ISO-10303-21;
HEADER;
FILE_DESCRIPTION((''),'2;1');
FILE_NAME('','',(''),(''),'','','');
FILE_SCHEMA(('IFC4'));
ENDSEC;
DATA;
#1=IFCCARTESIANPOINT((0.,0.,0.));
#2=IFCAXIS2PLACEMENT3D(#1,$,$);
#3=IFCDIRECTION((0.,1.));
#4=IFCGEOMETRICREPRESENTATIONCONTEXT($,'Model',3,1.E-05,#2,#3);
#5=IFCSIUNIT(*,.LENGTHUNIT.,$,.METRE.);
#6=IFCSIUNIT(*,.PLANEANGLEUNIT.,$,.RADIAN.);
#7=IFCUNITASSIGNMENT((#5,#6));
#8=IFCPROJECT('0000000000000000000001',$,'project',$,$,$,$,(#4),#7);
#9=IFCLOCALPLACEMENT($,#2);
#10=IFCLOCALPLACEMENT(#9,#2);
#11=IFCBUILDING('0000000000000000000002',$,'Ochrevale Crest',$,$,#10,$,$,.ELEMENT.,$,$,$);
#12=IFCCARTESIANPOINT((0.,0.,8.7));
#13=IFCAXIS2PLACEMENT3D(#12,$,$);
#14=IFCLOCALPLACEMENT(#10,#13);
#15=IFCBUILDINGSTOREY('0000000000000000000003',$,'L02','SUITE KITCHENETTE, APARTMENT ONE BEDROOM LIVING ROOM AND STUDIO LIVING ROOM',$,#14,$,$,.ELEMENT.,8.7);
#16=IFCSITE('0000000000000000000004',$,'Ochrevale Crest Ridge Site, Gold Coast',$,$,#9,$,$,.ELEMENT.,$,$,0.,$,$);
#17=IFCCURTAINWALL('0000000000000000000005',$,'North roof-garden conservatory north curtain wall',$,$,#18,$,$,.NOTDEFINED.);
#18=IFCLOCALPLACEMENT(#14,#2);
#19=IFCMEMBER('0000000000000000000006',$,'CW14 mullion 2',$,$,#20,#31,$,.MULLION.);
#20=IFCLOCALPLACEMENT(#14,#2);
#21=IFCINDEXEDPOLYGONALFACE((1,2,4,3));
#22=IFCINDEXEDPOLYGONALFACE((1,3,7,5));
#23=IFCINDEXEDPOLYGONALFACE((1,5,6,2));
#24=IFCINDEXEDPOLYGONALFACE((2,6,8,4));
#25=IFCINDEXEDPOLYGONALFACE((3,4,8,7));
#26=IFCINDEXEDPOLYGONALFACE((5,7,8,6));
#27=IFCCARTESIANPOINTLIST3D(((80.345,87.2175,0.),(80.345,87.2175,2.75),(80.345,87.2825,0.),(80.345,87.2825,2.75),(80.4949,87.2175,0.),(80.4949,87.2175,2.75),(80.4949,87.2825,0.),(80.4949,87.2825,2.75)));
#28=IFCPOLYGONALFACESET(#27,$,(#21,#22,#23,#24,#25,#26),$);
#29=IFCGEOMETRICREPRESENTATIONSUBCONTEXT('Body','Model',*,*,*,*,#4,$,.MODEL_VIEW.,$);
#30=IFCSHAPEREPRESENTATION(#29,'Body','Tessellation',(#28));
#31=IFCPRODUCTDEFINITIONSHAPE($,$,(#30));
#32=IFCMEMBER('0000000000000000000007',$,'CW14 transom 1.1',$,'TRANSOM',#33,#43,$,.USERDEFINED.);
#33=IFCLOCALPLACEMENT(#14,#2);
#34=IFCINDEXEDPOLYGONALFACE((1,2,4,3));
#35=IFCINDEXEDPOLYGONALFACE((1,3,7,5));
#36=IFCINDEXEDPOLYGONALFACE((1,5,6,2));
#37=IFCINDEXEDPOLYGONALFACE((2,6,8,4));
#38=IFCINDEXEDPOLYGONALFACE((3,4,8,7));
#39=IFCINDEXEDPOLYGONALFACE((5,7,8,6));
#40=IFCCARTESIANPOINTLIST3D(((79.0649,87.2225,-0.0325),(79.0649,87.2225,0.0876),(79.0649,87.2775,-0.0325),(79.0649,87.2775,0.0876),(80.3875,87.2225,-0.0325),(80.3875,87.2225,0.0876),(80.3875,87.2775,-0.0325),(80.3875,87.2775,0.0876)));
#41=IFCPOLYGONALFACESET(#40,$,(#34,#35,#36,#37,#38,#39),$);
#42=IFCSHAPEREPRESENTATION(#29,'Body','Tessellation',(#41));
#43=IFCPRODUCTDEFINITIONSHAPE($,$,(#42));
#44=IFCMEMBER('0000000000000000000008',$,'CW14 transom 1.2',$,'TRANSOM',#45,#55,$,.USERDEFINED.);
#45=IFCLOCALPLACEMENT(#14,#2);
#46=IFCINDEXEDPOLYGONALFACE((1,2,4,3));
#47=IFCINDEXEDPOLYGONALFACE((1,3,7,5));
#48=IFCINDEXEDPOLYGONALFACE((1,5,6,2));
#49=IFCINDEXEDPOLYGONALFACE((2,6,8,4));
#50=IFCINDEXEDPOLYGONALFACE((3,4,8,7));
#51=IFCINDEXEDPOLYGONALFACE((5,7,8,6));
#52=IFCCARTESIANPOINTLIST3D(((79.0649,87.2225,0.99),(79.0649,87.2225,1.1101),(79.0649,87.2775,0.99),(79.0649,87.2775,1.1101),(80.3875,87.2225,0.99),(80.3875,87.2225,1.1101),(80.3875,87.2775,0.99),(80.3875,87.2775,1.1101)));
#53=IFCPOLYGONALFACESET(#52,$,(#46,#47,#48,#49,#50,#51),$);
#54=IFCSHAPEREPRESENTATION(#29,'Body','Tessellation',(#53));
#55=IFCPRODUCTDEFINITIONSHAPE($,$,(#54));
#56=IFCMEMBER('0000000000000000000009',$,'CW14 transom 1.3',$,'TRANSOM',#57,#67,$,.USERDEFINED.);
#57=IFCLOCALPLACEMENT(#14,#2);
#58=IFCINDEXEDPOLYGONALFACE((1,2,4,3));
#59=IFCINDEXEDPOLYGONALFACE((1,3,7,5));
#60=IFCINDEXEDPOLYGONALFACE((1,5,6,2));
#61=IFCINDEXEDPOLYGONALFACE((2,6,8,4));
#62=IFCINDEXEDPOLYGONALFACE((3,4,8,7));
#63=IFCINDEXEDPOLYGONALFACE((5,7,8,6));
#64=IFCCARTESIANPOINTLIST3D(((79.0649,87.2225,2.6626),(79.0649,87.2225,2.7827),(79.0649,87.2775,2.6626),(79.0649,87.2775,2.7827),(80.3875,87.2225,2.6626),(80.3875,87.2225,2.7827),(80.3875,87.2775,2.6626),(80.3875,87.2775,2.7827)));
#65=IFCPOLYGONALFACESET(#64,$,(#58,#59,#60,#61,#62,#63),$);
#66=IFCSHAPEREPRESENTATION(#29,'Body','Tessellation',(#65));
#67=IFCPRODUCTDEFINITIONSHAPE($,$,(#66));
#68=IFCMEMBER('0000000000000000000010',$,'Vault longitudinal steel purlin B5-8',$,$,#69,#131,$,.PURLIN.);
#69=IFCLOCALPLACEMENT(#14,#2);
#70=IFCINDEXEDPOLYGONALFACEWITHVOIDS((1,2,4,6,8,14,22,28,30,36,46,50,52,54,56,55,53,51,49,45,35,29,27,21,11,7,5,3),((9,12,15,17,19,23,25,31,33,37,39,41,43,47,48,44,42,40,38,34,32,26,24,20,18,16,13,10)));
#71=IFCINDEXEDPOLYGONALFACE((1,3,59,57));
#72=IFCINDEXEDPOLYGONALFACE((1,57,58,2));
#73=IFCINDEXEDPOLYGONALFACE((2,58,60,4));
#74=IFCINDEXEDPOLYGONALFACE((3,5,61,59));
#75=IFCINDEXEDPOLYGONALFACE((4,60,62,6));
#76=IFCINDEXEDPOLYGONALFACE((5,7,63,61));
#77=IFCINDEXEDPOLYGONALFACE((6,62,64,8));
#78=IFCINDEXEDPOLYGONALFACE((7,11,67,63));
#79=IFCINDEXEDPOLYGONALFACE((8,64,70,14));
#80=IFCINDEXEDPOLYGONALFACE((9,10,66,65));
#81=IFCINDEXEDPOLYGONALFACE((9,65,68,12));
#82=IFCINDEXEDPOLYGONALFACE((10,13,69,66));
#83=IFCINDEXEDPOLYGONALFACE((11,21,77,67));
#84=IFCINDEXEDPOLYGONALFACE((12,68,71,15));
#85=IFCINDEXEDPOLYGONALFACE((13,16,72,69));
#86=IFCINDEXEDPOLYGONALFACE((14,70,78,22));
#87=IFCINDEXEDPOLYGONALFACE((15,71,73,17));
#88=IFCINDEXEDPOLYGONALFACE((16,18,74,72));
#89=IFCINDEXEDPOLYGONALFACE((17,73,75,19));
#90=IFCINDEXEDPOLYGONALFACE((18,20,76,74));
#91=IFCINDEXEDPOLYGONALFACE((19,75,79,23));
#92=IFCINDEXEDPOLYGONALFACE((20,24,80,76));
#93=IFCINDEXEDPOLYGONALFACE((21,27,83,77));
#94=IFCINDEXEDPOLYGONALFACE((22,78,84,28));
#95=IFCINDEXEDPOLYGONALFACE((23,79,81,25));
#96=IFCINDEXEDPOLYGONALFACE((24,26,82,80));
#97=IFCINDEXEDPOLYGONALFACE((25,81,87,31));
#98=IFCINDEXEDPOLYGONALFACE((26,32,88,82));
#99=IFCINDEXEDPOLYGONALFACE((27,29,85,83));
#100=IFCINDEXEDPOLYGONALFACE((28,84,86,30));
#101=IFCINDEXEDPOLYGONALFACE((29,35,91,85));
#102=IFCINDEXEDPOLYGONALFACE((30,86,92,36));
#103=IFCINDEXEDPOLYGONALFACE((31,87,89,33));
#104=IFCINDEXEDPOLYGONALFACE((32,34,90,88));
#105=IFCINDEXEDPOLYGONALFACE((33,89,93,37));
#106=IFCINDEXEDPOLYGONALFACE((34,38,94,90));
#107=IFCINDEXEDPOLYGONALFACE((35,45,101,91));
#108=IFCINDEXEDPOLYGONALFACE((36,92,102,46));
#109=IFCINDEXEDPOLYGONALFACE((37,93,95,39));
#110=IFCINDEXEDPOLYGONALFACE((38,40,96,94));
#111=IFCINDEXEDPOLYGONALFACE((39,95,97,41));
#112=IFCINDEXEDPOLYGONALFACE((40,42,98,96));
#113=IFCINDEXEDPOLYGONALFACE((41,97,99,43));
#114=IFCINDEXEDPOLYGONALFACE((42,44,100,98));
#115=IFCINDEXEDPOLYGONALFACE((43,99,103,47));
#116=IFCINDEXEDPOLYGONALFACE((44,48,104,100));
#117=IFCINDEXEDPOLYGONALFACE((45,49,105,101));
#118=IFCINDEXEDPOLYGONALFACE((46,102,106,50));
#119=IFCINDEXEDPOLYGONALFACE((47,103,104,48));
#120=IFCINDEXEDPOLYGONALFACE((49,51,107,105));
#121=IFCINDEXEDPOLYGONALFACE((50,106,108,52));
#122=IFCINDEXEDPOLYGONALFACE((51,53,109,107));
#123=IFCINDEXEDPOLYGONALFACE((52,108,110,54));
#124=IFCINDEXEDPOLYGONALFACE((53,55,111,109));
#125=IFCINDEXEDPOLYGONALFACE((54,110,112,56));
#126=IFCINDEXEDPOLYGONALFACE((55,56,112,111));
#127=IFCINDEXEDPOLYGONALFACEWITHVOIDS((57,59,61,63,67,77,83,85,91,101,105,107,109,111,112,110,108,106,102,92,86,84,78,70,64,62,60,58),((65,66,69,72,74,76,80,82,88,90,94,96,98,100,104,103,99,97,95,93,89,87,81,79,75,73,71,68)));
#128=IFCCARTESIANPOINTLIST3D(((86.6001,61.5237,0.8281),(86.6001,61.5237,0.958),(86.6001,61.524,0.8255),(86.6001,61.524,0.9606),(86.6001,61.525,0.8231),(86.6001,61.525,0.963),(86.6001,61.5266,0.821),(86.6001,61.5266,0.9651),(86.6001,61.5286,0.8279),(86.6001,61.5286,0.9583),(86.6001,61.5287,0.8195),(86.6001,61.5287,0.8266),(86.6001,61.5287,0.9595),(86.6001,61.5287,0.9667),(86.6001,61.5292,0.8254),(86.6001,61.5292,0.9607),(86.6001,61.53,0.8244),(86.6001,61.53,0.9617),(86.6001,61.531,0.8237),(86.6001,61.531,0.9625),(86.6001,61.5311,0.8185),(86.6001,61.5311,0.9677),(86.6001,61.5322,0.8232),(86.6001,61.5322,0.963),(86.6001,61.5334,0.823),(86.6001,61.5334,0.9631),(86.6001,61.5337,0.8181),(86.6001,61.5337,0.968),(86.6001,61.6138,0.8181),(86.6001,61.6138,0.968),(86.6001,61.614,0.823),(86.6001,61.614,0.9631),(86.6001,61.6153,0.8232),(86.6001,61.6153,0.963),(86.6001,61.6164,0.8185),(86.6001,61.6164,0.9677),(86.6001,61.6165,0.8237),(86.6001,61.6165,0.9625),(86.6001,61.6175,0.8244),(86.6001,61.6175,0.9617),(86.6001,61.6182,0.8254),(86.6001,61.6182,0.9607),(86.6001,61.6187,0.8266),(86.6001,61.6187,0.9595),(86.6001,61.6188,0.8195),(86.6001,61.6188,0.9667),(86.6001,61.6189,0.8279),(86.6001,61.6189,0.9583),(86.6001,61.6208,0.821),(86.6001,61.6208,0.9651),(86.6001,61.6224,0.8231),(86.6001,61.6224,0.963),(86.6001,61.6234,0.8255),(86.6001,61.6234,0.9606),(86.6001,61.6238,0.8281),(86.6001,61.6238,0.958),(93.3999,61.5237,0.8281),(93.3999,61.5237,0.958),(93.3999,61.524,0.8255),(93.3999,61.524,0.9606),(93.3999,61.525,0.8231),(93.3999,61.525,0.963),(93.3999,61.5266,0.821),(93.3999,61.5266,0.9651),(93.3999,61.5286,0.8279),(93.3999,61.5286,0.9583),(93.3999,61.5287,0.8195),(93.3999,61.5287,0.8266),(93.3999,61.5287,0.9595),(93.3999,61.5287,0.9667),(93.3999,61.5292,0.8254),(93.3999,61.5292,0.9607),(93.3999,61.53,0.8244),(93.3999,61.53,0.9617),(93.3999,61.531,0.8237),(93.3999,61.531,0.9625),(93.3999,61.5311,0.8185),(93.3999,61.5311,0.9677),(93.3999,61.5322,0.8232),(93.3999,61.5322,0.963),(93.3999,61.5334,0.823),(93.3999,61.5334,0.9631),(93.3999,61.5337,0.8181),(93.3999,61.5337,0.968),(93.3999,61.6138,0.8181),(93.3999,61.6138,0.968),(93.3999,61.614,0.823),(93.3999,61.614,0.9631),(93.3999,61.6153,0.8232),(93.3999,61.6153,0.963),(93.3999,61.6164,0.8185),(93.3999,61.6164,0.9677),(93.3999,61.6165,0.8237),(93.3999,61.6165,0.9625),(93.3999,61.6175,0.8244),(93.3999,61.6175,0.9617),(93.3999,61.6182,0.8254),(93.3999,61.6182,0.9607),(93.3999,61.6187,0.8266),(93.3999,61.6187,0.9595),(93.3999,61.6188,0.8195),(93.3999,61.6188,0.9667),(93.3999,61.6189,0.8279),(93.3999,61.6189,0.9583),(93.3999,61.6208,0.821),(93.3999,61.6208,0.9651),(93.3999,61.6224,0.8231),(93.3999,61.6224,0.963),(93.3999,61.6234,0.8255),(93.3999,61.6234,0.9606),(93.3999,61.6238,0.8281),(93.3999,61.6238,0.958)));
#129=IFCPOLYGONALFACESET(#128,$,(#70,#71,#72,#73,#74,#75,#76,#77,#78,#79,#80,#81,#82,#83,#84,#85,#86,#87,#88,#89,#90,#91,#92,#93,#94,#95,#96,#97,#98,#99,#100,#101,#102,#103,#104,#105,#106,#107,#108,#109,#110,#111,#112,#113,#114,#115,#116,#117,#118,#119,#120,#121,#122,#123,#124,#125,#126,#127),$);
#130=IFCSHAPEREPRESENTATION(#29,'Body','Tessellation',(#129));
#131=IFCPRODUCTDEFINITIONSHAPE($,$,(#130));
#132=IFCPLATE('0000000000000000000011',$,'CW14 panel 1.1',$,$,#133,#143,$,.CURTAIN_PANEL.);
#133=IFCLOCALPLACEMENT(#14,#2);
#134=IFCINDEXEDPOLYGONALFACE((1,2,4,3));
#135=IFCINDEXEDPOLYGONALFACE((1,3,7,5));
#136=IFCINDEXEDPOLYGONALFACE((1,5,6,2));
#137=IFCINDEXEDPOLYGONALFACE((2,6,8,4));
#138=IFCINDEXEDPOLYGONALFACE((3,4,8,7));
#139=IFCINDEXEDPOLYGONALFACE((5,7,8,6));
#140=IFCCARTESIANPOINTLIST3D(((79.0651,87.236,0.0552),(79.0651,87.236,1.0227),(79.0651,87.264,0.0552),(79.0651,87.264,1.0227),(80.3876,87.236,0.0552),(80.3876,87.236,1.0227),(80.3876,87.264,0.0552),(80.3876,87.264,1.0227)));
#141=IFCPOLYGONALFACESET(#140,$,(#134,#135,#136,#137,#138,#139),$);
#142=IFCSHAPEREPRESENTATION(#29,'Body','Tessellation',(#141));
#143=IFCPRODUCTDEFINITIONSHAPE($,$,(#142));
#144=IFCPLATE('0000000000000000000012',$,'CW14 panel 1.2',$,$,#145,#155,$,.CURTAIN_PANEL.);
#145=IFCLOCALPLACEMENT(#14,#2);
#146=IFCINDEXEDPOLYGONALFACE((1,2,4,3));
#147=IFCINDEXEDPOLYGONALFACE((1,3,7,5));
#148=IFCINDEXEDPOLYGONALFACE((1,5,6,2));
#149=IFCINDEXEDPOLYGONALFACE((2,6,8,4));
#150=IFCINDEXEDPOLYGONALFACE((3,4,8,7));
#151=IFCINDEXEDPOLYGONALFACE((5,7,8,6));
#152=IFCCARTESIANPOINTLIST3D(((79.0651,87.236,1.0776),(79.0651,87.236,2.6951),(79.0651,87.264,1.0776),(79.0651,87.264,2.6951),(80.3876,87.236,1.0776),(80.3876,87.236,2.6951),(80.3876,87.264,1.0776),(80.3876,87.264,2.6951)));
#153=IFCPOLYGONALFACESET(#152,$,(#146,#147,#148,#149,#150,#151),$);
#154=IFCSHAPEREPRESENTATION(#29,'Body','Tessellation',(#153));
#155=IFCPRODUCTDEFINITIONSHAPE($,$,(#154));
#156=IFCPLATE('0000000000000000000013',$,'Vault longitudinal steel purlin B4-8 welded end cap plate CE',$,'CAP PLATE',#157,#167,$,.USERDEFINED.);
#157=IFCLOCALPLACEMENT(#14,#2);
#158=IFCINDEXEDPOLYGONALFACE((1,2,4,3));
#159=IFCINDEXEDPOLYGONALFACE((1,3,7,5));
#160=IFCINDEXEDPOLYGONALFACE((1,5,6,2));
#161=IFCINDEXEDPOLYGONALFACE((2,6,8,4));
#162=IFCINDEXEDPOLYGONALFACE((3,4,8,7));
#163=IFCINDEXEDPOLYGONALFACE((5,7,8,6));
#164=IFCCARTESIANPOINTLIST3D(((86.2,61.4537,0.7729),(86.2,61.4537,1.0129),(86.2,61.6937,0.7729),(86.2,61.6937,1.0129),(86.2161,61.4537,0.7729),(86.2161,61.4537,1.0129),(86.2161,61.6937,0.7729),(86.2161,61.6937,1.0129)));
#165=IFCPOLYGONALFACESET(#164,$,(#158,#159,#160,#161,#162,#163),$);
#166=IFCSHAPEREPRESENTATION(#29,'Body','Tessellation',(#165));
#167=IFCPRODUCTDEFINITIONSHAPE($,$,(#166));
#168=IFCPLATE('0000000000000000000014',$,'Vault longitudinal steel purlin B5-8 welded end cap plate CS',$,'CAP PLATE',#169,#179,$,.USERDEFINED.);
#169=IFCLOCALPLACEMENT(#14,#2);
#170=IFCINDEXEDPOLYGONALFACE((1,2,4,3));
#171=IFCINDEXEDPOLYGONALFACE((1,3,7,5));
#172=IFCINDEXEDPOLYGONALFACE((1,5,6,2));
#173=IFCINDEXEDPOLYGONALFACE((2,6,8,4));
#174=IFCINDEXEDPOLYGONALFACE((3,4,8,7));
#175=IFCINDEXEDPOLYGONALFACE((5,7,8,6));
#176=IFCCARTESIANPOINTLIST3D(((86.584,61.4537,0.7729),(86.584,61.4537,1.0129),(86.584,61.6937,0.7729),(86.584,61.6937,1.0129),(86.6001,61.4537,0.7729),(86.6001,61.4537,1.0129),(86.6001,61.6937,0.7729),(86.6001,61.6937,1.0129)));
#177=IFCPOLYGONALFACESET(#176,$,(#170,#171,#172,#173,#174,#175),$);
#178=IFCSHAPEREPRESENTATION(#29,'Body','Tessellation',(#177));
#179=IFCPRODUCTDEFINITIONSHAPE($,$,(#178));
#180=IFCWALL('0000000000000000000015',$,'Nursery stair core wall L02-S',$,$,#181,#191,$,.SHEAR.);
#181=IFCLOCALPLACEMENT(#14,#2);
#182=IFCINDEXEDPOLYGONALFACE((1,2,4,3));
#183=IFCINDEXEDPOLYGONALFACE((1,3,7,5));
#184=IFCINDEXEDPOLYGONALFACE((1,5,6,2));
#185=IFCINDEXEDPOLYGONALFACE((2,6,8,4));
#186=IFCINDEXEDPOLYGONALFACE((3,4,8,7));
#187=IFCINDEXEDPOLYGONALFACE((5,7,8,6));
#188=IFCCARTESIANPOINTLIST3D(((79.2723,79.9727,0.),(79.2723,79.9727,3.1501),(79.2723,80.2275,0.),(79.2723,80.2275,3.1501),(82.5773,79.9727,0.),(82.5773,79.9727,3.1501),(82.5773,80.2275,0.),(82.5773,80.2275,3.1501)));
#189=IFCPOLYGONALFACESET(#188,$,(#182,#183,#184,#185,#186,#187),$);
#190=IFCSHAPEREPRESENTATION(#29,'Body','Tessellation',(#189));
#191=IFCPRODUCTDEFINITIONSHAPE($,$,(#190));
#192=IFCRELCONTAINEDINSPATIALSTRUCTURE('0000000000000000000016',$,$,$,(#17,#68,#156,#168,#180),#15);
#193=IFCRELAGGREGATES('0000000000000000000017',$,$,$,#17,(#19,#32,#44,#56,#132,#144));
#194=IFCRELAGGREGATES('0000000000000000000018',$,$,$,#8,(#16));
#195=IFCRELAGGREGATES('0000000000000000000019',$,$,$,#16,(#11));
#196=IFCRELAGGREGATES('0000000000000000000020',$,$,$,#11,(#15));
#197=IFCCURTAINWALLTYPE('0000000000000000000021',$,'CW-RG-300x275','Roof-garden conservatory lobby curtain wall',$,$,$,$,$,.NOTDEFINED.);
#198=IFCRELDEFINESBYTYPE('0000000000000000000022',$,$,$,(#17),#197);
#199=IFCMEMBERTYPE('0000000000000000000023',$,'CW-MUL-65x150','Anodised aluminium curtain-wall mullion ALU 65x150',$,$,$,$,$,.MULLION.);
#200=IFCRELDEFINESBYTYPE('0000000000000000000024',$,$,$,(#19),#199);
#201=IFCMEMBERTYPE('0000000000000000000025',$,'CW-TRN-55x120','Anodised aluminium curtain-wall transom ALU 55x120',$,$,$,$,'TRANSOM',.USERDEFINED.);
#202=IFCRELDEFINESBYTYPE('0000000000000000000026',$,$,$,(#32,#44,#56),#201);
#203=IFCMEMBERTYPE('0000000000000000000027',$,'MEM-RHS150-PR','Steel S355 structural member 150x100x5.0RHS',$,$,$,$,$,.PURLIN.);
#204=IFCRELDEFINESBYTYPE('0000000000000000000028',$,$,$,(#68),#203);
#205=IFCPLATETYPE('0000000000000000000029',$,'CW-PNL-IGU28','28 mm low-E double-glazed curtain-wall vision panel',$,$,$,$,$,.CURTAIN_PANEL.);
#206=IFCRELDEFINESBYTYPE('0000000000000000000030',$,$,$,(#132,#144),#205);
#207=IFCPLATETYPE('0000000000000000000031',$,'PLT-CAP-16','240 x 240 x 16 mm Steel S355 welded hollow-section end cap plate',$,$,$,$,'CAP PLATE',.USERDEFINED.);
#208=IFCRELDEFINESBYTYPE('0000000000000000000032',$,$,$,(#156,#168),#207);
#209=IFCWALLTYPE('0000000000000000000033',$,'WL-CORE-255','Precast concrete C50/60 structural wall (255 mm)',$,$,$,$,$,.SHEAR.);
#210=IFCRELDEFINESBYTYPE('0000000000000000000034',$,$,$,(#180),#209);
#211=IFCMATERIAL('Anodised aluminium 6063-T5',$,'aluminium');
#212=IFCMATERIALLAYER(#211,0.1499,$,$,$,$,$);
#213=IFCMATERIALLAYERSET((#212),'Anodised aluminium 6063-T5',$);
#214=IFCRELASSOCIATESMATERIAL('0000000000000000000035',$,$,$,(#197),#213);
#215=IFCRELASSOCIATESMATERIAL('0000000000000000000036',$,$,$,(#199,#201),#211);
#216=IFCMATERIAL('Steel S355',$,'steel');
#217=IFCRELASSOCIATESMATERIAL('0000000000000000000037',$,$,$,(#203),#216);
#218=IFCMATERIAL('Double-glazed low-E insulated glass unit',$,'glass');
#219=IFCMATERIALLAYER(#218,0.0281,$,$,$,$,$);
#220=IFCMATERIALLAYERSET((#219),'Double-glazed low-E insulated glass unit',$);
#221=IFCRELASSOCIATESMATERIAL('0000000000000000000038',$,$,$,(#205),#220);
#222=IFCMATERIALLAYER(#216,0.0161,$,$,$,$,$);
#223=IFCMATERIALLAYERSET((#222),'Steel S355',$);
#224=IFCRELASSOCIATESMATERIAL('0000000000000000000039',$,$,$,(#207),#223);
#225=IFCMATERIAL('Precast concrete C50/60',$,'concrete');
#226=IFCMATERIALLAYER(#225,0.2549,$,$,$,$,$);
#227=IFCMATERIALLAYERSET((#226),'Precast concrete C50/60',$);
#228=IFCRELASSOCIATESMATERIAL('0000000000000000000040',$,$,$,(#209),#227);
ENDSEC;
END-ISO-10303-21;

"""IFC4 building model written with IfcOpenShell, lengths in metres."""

from ifc_helpers import new_model, si_unit, direction, frame, frame_2d, origin, origin_2d, place, context, subcontext, project, spatial, rectangle, hollow_rectangle, extrude, material, layer, layer_set, material_profile, profile_set, type_object, element, aggregate, save


model = new_model("IFC4")

# Units and contexts
model_context = context("Model", 3, precision=1e-05, world=origin(), true_north=direction((0.0, 1.0)))
body_context = subcontext(model_context, "Body", "Model", "MODEL_VIEW")
ifc_project = project(units=[si_unit("LENGTHUNIT", "METRE"), si_unit("PLANEANGLEUNIT", "RADIAN")], contexts=[model_context])

# Site, building, storey
site_placement = place(None, origin())
site = spatial("IfcSite", under=ifc_project, at=site_placement, Name="Ochrevale Crest Ridge Site, Gold Coast", CompositionType="ELEMENT", RefElevation=0.0)
building_placement = place(site_placement, origin())
building = spatial("IfcBuilding", under=site, at=building_placement, Name="Ochrevale Crest", CompositionType="ELEMENT")
storey_placement = place(building_placement, frame((0.0, 0.0, 8.7)))
storey = spatial("IfcBuildingStorey", under=building, at=storey_placement, Name="L02", Description="SUITE KITCHENETTE, APARTMENT ONE BEDROOM LIVING ROOM AND STUDIO LIVING ROOM", CompositionType="ELEMENT", Elevation=8.7)

# Shared definitions
ifc_material_1 = material(Name="Steel S355", Category="steel")

# Curtain wall, members
ifc_material_2 = material(Name="Anodised aluminium 6063-T5", Category="aluminium")
ifc_layer_1 = layer(ifc_material_2, 0.1499)
ifc_layer_set_1 = layer_set([ifc_layer_1], Name="Anodised aluminium 6063-T5")
curtain_wall_type = type_object("IfcCurtainWallType", Name="CW-RG-300x275", Description="Roof-garden conservatory lobby curtain wall", PredefinedType="NOTDEFINED", material=ifc_layer_set_1)
curtain_wall_placement = place(storey_placement, origin())
curtain_wall = element("IfcCurtainWall", 1, at=curtain_wall_placement, inside=storey, type_object=curtain_wall_type, Name="North roof-garden conservatory north curtain wall", PredefinedType="NOTDEFINED")
ifc_material_profile_1 = material_profile(ifc_material_2, rectangle(XDim=0.0649, YDim=0.1499, at=origin_2d()), Name="ALU 65x150")
ifc_profile_set_1 = profile_set([ifc_material_profile_1], Name="Anodised aluminium 6063-T5")
member_type_1 = type_object("IfcMemberType", Name="CW-MUL-65x150", Description="Anodised aluminium curtain-wall mullion ALU 65x150", PredefinedType="MULLION", material=ifc_profile_set_1)
member_1_placement = place(storey_placement, frame((80.4199, 87.25, 0.0), z_axis=(0.0, 0.0, 1.0), x_axis=(0.0, 1.0, 0.0)))
member_1 = element("IfcMember", 2, at=member_1_placement, type_object=member_type_1, Name="CW14 mullion 2", PredefinedType="MULLION", context=body_context, shape_type="SweptSolid", body=[
    extrude(rectangle(XDim=0.0649, YDim=0.1499, at=origin_2d()), origin(), (0.0, 0.0, 1.0), 2.75),
])
ifc_material_profile_2 = material_profile(ifc_material_2, rectangle(XDim=0.0549, YDim=0.1201, at=origin_2d()), Name="ALU 55x120")
ifc_profile_set_2 = profile_set([ifc_material_profile_2], Name="Anodised aluminium 6063-T5")
member_type_2 = type_object("IfcMemberType", Name="CW-TRN-55x120", Description="Anodised aluminium curtain-wall transom ALU 55x120", ElementType="TRANSOM", PredefinedType="USERDEFINED", material=ifc_profile_set_2)
member_2_placement = place(storey_placement, frame((79.0649, 87.25, 0.0276), z_axis=(1.0, 0.0, 0.0), x_axis=(0.0, 1.0, 0.0)))
member_2 = element("IfcMember", 3, at=member_2_placement, type_object=member_type_2, Name="CW14 transom 1.1", ObjectType="TRANSOM", PredefinedType="USERDEFINED", context=body_context, shape_type="SweptSolid", body=[
    extrude(rectangle(XDim=0.0549, YDim=0.1201, at=origin_2d()), origin(), (0.0, 0.0, 1.0), 1.3225),
])
member_3_placement = place(storey_placement, frame((79.0649, 87.25, 1.05), z_axis=(1.0, 0.0, 0.0), x_axis=(0.0, 1.0, 0.0)))
member_3 = element("IfcMember", 4, at=member_3_placement, type_object=member_type_2, Name="CW14 transom 1.2", ObjectType="TRANSOM", PredefinedType="USERDEFINED", context=body_context, shape_type="SweptSolid", body=[
    extrude(rectangle(XDim=0.0549, YDim=0.1201, at=origin_2d()), origin(), (0.0, 0.0, 1.0), 1.3225),
])
member_4_placement = place(storey_placement, frame((79.0649, 87.25, 2.7227), z_axis=(1.0, 0.0, 0.0), x_axis=(0.0, 1.0, 0.0)))
member_4 = element("IfcMember", 5, at=member_4_placement, type_object=member_type_2, Name="CW14 transom 1.3", ObjectType="TRANSOM", PredefinedType="USERDEFINED", context=body_context, shape_type="SweptSolid", body=[
    extrude(rectangle(XDim=0.0549, YDim=0.1201, at=origin_2d()), origin(), (0.0, 0.0, 1.0), 1.3225),
])

# Member
ifc_material_profile_3 = material_profile(ifc_material_1, hollow_rectangle(XDim=0.1001, YDim=0.1499, WallThickness=0.0049, InnerFilletRadius=0.0049, OuterFilletRadius=0.01, at=origin_2d()), Name="150x100x5.0RHS")
ifc_profile_set_3 = profile_set([ifc_material_profile_3], Name="Steel S355")
member_type_3 = type_object("IfcMemberType", Name="MEM-RHS150-PR", Description="Steel S355 structural member 150x100x5.0RHS", PredefinedType="PURLIN", material=ifc_profile_set_3)
member_5_placement = place(storey_placement, frame((86.6001, 61.5737, 0.8931), z_axis=(1.0, 0.0, 0.0), x_axis=(0.0, 1.0, 0.0)))
element("IfcMember", 6, at=member_5_placement, inside=storey, type_object=member_type_3, Name="Vault longitudinal steel purlin B5-8", PredefinedType="PURLIN", context=body_context, shape_type="SweptSolid", body=[
    extrude(hollow_rectangle(XDim=0.1001, YDim=0.1499, WallThickness=0.0049, InnerFilletRadius=0.0049, OuterFilletRadius=0.01, at=origin_2d()), origin(), (0.0, 0.0, 1.0), 6.7998),
])

# Plates
ifc_material_3 = material(Name="Double-glazed low-E insulated glass unit", Category="glass")
ifc_layer_2 = layer(ifc_material_3, 0.0281)
ifc_layer_set_2 = layer_set([ifc_layer_2], Name="Double-glazed low-E insulated glass unit")
plate_type_1 = type_object("IfcPlateType", Name="CW-PNL-IGU28", Description="28 mm low-E double-glazed curtain-wall vision panel", PredefinedType="CURTAIN_PANEL", material=ifc_layer_set_2)
plate_1_placement = place(storey_placement, frame((79.7263, 87.25, 0.0552), z_axis=(0.0, 0.0, 1.0), x_axis=(1.0, 0.0, 0.0)))
plate_1 = element("IfcPlate", 7, at=plate_1_placement, type_object=plate_type_1, Name="CW14 panel 1.1", PredefinedType="CURTAIN_PANEL", context=body_context, shape_type="SweptSolid", body=[
    extrude(rectangle(XDim=1.3225, YDim=0.0281, at=origin_2d()), origin(), (0.0, 0.0, 1.0), 0.9675),
])
plate_2_placement = place(storey_placement, frame((79.7263, 87.25, 1.0776), z_axis=(0.0, 0.0, 1.0), x_axis=(1.0, 0.0, 0.0)))
plate_2 = element("IfcPlate", 8, at=plate_2_placement, type_object=plate_type_1, Name="CW14 panel 1.2", PredefinedType="CURTAIN_PANEL", context=body_context, shape_type="SweptSolid", body=[
    extrude(rectangle(XDim=1.3225, YDim=0.0281, at=origin_2d()), origin(), (0.0, 0.0, 1.0), 1.6174),
])
aggregate(curtain_wall, [member_1, member_2, member_3, member_4, plate_1, plate_2])

# Plates
ifc_layer_3 = layer(ifc_material_1, 0.0161)
ifc_layer_set_3 = layer_set([ifc_layer_3], Name="Steel S355")
plate_type_2 = type_object("IfcPlateType", Name="PLT-CAP-16", Description="240 x 240 x 16 mm Steel S355 welded hollow-section end cap plate", ElementType="CAP PLATE", PredefinedType="USERDEFINED", material=ifc_layer_set_3)
for number, where, z_axis, x_axis, name in (
    (9, (86.208, 61.5737, 0.7729), (0.0, 0.0, 1.0), (1.0, 0.0, 0.0), "Vault longitudinal steel purlin B4-8 welded end cap plate CE"),
    (10, (86.592, 61.5737, 0.7729), (0.0, 0.0, 1.0), (1.0, 0.0, 0.0), "Vault longitudinal steel purlin B5-8 welded end cap plate CS"),
):
    element("IfcPlate", number, at=place(storey_placement, frame(where, z_axis=z_axis, x_axis=x_axis)), inside=storey, type_object=plate_type_2, Name=name, ObjectType="CAP PLATE", PredefinedType="USERDEFINED", context=body_context, shape_type="SweptSolid", body=[
        extrude(rectangle(XDim=0.0161, YDim=0.24, at=origin_2d()), origin(), (0.0, 0.0, 1.0), 0.24),
    ])

# Wall
ifc_material_4 = material(Name="Precast concrete C50/60", Category="concrete")
ifc_layer_4 = layer(ifc_material_4, 0.2549)
ifc_layer_set_4 = layer_set([ifc_layer_4], Name="Precast concrete C50/60")
wall_type_1 = type_object("IfcWallType", Name="WL-CORE-255", Description="Precast concrete C50/60 structural wall (255 mm)", PredefinedType="SHEAR", material=ifc_layer_set_4)
for number, where, z_axis, x_axis, name in (
    (11, (79.2725, 80.1001, 0.0), (0.0, 0.0, 1.0), (1.0, 0.0, 0.0), "Nursery stair core wall L02-S"),
):
    element("IfcWall", number, at=place(storey_placement, frame(where, z_axis=z_axis, x_axis=x_axis)), inside=storey, type_object=wall_type_1, Name=name, PredefinedType="SHEAR", context=body_context, shape_type="SweptSolid", body=[
        extrude(rectangle(XDim=3.3049, YDim=0.2549, at=frame_2d((1.6523, 0.0))), origin(), (0.0, 0.0, 1.0), 3.1501),
    ])

save(model, "model.ifc")
